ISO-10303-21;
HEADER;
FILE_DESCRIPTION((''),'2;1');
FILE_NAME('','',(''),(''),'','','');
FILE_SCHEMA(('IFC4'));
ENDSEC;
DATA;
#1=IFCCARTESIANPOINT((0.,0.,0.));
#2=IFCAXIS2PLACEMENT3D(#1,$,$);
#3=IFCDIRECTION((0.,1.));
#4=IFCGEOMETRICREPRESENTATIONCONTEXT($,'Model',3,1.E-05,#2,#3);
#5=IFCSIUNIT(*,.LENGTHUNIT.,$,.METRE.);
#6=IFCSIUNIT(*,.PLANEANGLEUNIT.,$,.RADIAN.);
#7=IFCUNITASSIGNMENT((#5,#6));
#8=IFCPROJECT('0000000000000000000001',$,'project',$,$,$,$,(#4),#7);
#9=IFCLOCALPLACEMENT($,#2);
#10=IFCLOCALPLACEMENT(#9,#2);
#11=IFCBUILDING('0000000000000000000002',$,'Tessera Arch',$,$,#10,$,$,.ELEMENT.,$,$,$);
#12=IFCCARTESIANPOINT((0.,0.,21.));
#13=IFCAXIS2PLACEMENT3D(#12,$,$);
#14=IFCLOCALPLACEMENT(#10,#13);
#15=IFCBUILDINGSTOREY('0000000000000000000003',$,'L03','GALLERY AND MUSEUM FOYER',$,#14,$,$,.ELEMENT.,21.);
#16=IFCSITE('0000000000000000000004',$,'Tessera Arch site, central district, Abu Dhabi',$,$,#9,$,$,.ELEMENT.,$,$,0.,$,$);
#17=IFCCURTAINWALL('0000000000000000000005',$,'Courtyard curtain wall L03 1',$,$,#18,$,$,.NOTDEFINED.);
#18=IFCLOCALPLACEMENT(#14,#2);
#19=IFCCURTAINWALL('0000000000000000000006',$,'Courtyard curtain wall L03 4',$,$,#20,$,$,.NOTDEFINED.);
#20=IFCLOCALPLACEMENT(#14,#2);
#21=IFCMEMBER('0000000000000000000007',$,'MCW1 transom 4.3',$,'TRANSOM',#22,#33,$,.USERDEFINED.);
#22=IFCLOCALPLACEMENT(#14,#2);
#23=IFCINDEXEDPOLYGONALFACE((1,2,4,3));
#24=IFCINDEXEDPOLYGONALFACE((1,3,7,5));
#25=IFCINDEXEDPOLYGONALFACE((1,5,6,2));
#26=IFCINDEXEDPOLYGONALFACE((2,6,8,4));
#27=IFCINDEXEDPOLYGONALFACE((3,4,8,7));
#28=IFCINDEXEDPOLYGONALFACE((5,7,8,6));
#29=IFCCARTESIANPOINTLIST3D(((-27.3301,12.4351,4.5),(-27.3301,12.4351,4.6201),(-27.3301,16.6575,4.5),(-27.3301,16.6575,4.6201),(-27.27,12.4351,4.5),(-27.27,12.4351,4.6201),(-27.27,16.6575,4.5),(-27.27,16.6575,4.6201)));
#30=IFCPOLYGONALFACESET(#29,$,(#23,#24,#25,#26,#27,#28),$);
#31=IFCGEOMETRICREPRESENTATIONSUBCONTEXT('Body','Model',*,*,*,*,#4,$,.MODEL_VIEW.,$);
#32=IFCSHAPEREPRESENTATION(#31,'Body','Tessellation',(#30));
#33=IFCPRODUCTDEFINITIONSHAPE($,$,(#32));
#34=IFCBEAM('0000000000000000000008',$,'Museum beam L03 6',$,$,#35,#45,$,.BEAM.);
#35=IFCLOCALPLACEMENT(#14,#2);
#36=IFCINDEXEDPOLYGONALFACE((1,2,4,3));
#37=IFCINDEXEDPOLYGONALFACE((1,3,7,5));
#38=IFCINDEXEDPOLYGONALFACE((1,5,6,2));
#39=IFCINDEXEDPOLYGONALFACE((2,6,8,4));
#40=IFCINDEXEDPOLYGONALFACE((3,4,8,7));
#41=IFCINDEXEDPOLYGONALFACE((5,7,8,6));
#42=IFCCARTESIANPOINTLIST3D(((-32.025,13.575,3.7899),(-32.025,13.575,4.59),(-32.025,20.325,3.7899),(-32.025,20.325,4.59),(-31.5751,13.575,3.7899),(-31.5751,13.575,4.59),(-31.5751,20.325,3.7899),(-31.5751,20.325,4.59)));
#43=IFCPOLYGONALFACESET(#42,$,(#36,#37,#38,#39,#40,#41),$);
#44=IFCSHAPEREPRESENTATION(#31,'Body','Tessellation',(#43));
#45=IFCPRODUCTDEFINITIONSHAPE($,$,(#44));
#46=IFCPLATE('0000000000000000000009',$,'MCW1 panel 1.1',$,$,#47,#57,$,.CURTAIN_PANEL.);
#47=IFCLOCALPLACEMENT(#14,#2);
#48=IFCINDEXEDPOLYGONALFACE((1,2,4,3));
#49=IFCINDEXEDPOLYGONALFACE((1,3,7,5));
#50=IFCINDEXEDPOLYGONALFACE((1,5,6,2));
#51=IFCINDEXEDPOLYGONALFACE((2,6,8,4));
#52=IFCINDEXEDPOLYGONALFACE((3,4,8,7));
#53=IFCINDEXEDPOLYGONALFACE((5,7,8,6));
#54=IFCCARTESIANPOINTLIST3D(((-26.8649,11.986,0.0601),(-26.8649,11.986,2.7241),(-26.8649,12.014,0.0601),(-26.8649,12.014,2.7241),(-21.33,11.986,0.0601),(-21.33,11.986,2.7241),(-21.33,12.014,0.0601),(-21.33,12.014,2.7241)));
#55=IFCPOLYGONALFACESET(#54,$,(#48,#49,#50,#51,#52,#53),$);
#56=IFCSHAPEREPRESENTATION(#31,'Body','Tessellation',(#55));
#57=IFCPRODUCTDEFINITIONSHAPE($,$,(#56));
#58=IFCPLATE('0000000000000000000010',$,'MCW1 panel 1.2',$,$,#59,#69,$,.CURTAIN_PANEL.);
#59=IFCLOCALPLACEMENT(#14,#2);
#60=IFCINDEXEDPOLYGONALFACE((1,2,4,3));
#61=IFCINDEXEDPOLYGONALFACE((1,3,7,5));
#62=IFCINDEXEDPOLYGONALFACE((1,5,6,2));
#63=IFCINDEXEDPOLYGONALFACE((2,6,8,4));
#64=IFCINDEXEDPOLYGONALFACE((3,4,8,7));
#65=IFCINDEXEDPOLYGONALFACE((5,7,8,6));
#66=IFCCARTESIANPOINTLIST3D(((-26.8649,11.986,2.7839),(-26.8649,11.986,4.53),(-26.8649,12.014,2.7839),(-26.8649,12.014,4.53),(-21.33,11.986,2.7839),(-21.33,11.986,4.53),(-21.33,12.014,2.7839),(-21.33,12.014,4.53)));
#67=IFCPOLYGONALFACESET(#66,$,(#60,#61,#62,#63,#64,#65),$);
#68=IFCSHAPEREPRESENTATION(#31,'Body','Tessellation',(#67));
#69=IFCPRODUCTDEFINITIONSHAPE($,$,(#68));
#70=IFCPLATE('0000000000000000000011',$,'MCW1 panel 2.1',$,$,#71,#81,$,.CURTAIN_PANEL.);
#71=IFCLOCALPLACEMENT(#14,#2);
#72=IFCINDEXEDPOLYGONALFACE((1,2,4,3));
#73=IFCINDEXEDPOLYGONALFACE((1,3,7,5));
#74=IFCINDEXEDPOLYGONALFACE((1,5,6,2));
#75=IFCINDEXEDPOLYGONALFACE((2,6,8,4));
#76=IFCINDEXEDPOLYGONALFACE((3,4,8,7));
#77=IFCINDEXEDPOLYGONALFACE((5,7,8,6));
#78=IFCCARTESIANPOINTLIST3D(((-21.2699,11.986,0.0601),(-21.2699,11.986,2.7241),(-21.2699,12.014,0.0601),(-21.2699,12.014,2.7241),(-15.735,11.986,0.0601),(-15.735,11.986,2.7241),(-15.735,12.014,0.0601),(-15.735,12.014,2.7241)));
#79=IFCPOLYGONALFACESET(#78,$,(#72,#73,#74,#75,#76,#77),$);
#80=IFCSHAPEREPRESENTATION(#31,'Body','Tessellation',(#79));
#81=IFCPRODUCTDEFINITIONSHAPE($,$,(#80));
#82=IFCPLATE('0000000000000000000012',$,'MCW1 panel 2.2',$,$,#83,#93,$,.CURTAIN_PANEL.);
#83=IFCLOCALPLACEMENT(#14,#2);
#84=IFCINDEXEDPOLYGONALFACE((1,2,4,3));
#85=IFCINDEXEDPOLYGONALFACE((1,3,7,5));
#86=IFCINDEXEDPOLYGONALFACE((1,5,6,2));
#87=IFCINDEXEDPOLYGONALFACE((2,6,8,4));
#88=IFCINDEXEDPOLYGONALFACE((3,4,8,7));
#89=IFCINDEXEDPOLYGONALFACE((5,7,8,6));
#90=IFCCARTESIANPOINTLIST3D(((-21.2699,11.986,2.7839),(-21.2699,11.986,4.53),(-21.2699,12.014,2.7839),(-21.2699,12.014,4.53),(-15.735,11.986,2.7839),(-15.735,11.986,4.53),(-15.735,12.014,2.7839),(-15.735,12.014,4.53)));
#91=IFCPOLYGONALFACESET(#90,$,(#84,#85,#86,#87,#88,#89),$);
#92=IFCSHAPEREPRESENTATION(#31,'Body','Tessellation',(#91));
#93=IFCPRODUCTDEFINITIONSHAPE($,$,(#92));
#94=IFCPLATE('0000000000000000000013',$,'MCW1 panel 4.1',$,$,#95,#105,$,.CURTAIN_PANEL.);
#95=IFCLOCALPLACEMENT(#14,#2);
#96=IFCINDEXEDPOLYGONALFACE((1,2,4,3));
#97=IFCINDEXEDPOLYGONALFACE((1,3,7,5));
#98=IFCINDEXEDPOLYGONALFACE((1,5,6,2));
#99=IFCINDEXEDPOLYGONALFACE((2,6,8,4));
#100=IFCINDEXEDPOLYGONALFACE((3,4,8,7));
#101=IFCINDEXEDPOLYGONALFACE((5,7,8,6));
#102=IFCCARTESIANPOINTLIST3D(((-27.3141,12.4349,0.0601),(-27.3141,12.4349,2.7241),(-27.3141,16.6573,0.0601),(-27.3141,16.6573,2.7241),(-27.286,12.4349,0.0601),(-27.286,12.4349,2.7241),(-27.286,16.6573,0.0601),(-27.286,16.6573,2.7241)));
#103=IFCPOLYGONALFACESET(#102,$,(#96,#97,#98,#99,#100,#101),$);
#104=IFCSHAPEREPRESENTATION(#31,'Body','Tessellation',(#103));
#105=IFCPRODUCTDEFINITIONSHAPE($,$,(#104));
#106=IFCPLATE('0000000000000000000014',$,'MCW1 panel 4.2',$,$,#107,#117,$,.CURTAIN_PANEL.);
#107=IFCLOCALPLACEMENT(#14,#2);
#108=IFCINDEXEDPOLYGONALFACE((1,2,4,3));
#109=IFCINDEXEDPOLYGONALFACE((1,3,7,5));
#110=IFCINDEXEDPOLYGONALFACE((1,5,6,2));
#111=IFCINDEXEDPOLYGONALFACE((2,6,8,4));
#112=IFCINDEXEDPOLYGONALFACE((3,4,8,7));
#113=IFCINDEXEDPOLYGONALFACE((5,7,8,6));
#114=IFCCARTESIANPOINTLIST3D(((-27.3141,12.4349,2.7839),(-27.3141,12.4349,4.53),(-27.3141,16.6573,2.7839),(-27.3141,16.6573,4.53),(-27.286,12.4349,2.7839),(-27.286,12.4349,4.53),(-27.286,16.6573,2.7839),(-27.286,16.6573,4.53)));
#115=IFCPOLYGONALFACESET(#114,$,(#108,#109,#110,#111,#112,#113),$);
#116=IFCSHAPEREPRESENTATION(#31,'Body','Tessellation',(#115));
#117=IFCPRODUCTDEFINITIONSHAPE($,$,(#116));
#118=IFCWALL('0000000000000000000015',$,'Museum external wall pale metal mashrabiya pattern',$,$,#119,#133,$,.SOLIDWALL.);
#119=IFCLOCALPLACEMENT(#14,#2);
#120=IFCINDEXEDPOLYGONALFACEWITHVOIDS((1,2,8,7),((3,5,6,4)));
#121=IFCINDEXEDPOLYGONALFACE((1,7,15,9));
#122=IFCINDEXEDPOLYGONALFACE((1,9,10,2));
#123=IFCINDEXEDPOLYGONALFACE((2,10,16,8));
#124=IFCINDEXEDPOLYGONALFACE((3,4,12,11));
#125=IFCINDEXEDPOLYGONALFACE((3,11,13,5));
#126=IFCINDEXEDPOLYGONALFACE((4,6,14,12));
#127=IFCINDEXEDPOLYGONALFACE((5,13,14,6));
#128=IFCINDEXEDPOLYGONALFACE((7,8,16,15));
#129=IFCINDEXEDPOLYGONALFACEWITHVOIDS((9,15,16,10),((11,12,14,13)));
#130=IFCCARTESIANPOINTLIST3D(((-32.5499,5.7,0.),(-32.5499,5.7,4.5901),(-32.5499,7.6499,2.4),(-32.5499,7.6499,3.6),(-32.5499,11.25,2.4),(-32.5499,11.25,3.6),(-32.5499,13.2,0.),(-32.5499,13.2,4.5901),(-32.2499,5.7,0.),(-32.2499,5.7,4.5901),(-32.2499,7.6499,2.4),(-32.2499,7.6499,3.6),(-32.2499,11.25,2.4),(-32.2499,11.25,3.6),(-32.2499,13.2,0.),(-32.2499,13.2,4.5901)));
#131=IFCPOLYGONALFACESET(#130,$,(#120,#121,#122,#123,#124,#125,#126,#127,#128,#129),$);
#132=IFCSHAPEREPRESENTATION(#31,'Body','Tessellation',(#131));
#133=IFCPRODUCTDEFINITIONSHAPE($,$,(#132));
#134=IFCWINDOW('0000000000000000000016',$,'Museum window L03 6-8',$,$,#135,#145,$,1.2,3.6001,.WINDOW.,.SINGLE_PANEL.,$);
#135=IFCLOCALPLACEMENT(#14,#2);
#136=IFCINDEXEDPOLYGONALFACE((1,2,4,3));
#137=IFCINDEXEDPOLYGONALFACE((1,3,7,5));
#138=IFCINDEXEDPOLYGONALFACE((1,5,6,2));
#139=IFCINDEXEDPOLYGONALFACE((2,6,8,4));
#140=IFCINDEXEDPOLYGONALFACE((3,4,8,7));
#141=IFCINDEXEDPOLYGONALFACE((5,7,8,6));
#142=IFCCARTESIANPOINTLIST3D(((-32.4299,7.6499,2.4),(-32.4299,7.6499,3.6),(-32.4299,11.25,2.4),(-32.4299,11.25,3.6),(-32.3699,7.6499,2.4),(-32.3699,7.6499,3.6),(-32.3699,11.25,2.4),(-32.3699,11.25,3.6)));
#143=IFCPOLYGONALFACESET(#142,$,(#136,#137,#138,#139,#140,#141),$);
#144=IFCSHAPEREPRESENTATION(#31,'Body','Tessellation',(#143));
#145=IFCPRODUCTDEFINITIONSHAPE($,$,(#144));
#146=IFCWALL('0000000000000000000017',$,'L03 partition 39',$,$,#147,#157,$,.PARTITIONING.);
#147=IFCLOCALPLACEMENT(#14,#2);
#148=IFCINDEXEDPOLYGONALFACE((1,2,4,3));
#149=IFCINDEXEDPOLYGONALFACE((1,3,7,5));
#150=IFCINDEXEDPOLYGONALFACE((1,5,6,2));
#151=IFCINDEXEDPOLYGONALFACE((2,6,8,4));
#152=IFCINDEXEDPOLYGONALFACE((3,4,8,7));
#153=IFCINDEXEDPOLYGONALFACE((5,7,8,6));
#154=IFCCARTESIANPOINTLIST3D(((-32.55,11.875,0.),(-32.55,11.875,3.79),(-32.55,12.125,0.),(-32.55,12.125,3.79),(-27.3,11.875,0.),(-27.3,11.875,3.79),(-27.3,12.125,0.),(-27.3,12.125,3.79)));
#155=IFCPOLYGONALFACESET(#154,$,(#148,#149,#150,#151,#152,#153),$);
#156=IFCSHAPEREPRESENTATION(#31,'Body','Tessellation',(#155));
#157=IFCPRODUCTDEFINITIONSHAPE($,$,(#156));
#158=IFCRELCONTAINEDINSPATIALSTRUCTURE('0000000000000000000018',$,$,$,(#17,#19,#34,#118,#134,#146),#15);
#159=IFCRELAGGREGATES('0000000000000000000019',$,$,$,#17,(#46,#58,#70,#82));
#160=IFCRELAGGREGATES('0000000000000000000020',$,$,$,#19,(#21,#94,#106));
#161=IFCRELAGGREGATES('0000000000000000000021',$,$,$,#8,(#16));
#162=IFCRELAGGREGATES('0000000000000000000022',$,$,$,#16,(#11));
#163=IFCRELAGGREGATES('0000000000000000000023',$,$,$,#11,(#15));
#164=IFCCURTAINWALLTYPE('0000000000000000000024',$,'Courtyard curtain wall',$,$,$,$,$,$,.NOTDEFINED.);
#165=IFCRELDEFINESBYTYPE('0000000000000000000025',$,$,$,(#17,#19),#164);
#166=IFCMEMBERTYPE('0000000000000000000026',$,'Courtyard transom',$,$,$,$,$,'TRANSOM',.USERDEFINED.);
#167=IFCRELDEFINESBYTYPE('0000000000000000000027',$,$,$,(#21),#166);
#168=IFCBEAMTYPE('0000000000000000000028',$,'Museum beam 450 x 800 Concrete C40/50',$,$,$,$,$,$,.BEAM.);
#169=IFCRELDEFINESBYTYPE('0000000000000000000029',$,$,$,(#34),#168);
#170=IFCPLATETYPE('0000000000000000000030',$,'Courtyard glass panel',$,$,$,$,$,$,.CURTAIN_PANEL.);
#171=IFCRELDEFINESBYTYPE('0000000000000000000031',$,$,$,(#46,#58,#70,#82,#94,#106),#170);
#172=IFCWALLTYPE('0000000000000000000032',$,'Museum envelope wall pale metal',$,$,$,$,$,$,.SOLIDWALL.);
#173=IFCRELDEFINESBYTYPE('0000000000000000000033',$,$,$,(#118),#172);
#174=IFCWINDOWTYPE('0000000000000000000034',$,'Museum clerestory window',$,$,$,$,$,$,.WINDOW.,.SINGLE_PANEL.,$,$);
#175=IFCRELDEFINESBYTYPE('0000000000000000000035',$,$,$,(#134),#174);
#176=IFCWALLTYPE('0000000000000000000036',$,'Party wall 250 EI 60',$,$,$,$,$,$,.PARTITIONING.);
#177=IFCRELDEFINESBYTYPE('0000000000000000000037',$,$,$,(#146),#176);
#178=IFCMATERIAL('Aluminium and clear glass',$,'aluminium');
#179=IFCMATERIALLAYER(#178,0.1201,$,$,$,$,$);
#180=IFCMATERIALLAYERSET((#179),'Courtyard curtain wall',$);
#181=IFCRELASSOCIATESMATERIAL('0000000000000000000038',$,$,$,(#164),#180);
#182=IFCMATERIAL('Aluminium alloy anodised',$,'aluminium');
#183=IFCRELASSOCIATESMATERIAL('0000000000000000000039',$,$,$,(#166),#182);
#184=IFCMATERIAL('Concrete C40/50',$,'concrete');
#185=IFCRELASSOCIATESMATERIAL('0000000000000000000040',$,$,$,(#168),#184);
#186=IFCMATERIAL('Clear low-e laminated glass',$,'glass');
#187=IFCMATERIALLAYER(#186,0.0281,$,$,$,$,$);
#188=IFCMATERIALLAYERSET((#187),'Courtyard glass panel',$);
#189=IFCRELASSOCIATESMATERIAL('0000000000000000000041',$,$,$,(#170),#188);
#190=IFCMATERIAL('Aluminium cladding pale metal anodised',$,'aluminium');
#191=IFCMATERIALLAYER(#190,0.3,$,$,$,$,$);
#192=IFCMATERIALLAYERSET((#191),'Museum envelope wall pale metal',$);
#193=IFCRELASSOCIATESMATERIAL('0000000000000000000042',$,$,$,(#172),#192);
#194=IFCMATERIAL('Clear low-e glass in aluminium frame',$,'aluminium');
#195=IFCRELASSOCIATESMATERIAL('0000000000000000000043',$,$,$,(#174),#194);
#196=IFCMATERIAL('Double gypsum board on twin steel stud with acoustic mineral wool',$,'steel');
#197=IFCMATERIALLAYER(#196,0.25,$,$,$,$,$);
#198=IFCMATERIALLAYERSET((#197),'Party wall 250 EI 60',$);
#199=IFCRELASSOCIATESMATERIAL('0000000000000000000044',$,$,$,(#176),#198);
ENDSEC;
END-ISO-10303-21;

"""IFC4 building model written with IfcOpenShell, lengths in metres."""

from ifc_helpers import new_model, si_unit, direction, frame, frame_2d, origin, origin_2d, place, context, subcontext, project, spatial, rectangle, extrude, material, layer, layer_set, material_profile, profile_set, type_object, element, fill, aggregate, save


model = new_model("IFC4")

# Units and contexts
model_context = context("Model", 3, precision=1e-05, world=origin(), true_north=direction((0.0, 1.0)))
body_context = subcontext(model_context, "Body", "Model", "MODEL_VIEW")
ifc_project = project(units=[si_unit("LENGTHUNIT", "METRE"), si_unit("PLANEANGLEUNIT", "RADIAN")], contexts=[model_context])

# Site, building, storey
site_placement = place(None, origin())
site = spatial("IfcSite", under=ifc_project, at=site_placement, Name="Tessera Arch site, central district, Abu Dhabi", CompositionType="ELEMENT", RefElevation=0.0)
building_placement = place(site_placement, origin())
building = spatial("IfcBuilding", under=site, at=building_placement, Name="Tessera Arch", CompositionType="ELEMENT")
storey_placement = place(building_placement, frame((0.0, 0.0, 21.0)))
storey = spatial("IfcBuildingStorey", under=building, at=storey_placement, Name="L03", Description="GALLERY AND MUSEUM FOYER", CompositionType="ELEMENT", Elevation=21.0)

# Curtain walls
ifc_material_1 = material(Name="Aluminium and clear glass", Category="aluminium")
ifc_layer_1 = layer(ifc_material_1, 0.1201)
ifc_layer_set_1 = layer_set([ifc_layer_1], Name="Courtyard curtain wall")
curtain_wall_type = type_object("IfcCurtainWallType", Name="Courtyard curtain wall", PredefinedType="NOTDEFINED", material=ifc_layer_set_1)
curtain_wall_1_placement = place(storey_placement, origin())
curtain_wall_1 = element("IfcCurtainWall", 1, at=curtain_wall_1_placement, inside=storey, type_object=curtain_wall_type, Name="Courtyard curtain wall L03 1", PredefinedType="NOTDEFINED")
curtain_wall_2_placement = place(storey_placement, origin())
curtain_wall_2 = element("IfcCurtainWall", 2, at=curtain_wall_2_placement, inside=storey, type_object=curtain_wall_type, Name="Courtyard curtain wall L03 4", PredefinedType="NOTDEFINED")

# Member
ifc_material_2 = material(Name="Aluminium alloy anodised", Category="aluminium")
ifc_material_profile_1 = material_profile(ifc_material_2, rectangle(XDim=0.0601, YDim=0.1201, at=origin_2d()), Name="Courtyard transom")
ifc_profile_set_1 = profile_set([ifc_material_profile_1], Name="Aluminium alloy anodised")
member_type_1 = type_object("IfcMemberType", Name="Courtyard transom", ElementType="TRANSOM", PredefinedType="USERDEFINED", material=ifc_profile_set_1)
member_1_placement = place(storey_placement, frame((-27.3, 16.6575, 4.5601), z_axis=(0.0, -1.0, 0.0), x_axis=(1.0, 0.0, 0.0)))
member_1 = element("IfcMember", 3, at=member_1_placement, type_object=member_type_1, Name="MCW1 transom 4.3", ObjectType="TRANSOM", PredefinedType="USERDEFINED", context=body_context, shape_type="SweptSolid", body=[
    extrude(rectangle(XDim=0.0601, YDim=0.1201, at=origin_2d()), origin(), (0.0, 0.0, 1.0), 4.2224),
])

# Beam
ifc_material_3 = material(Name="Concrete C40/50", Category="concrete")
ifc_material_profile_2 = material_profile(ifc_material_3, rectangle(XDim=0.45, YDim=0.8, at=origin_2d()), Name="Museum beam 450 x 800 Concrete C40/50")
ifc_profile_set_2 = profile_set([ifc_material_profile_2], Name="Concrete C40/50")
beam_type = type_object("IfcBeamType", Name="Museum beam 450 x 800 Concrete C40/50", PredefinedType="BEAM", material=ifc_profile_set_2)
beam_placement = place(storey_placement, frame((-31.8, 13.575, 4.1899), z_axis=(0.0, 1.0, 0.0), x_axis=(-1.0, 0.0, 0.0)))
element("IfcBeam", 4, at=beam_placement, inside=storey, type_object=beam_type, Name="Museum beam L03 6", PredefinedType="BEAM", context=body_context, shape_type="SweptSolid", body=[
    extrude(rectangle(XDim=0.45, YDim=0.8, at=origin_2d()), origin(), (0.0, 0.0, 1.0), 6.75),
])

# Plates
ifc_material_4 = material(Name="Clear low-e laminated glass", Category="glass")
ifc_layer_2 = layer(ifc_material_4, 0.0281)
ifc_layer_set_2 = layer_set([ifc_layer_2], Name="Courtyard glass panel")
plate_type = type_object("IfcPlateType", Name="Courtyard glass panel", PredefinedType="CURTAIN_PANEL", material=ifc_layer_set_2)
plate_1_placement = place(storey_placement, frame((-24.0974, 12.0, 0.0601), z_axis=(0.0, 0.0, 1.0), x_axis=(1.0, 0.0, 0.0)))
plate_1 = element("IfcPlate", 5, at=plate_1_placement, type_object=plate_type, Name="MCW1 panel 1.1", PredefinedType="CURTAIN_PANEL", context=body_context, shape_type="SweptSolid", body=[
    extrude(rectangle(XDim=5.5349, YDim=0.0281, at=origin_2d()), origin(), (0.0, 0.0, 1.0), 2.6641),
])
plate_2_placement = place(storey_placement, frame((-24.0974, 12.0, 2.7839), z_axis=(0.0, 0.0, 1.0), x_axis=(1.0, 0.0, 0.0)))
plate_2 = element("IfcPlate", 6, at=plate_2_placement, type_object=plate_type, Name="MCW1 panel 1.2", PredefinedType="CURTAIN_PANEL", context=body_context, shape_type="SweptSolid", body=[
    extrude(rectangle(XDim=5.5349, YDim=0.0281, at=origin_2d()), origin(), (0.0, 0.0, 1.0), 1.7461),
])
plate_3_placement = place(storey_placement, frame((-18.5024, 12.0, 0.0601), z_axis=(0.0, 0.0, 1.0), x_axis=(1.0, 0.0, 0.0)))
plate_3 = element("IfcPlate", 7, at=plate_3_placement, type_object=plate_type, Name="MCW1 panel 2.1", PredefinedType="CURTAIN_PANEL", context=body_context, shape_type="SweptSolid", body=[
    extrude(rectangle(XDim=5.5349, YDim=0.0281, at=origin_2d()), origin(), (0.0, 0.0, 1.0), 2.6641),
])
plate_4_placement = place(storey_placement, frame((-18.5024, 12.0, 2.7839), z_axis=(0.0, 0.0, 1.0), x_axis=(1.0, 0.0, 0.0)))
plate_4 = element("IfcPlate", 8, at=plate_4_placement, type_object=plate_type, Name="MCW1 panel 2.2", PredefinedType="CURTAIN_PANEL", context=body_context, shape_type="SweptSolid", body=[
    extrude(rectangle(XDim=5.5349, YDim=0.0281, at=origin_2d()), origin(), (0.0, 0.0, 1.0), 1.7461),
])
aggregate(curtain_wall_1, [plate_1, plate_2, plate_3, plate_4])
plate_5_placement = place(storey_placement, frame((-27.3, 14.5461, 0.0601), z_axis=(0.0, 0.0, 1.0), x_axis=(0.0, -1.0, 0.0)))
plate_5 = element("IfcPlate", 9, at=plate_5_placement, type_object=plate_type, Name="MCW1 panel 4.1", PredefinedType="CURTAIN_PANEL", context=body_context, shape_type="SweptSolid", body=[
    extrude(rectangle(XDim=4.2224, YDim=0.0281, at=origin_2d()), origin(), (0.0, 0.0, 1.0), 2.6641),
])
plate_6_placement = place(storey_placement, frame((-27.3, 14.5461, 2.7839), z_axis=(0.0, 0.0, 1.0), x_axis=(0.0, -1.0, 0.0)))
plate_6 = element("IfcPlate", 10, at=plate_6_placement, type_object=plate_type, Name="MCW1 panel 4.2", PredefinedType="CURTAIN_PANEL", context=body_context, shape_type="SweptSolid", body=[
    extrude(rectangle(XDim=4.2224, YDim=0.0281, at=origin_2d()), origin(), (0.0, 0.0, 1.0), 1.7461),
])
aggregate(curtain_wall_2, [member_1, plate_5, plate_6])

# Wall, opening, window
ifc_material_5 = material(Name="Aluminium cladding pale metal anodised", Category="aluminium")
ifc_layer_3 = layer(ifc_material_5, 0.3)
ifc_layer_set_3 = layer_set([ifc_layer_3], Name="Museum envelope wall pale metal")
wall_type_1 = type_object("IfcWallType", Name="Museum envelope wall pale metal", PredefinedType="SOLIDWALL", material=ifc_layer_set_3)
wall_1_placement = place(storey_placement, frame((-32.3999, 13.2, 0.0), z_axis=(0.0, 0.0, 1.0), x_axis=(0.0, -1.0, 0.0)))
wall_1 = element("IfcWall", 11, at=wall_1_placement, inside=storey, type_object=wall_type_1, Name="Museum external wall pale metal mashrabiya pattern", PredefinedType="SOLIDWALL", context=body_context, shape_type="SweptSolid", body=[
    extrude(rectangle(XDim=7.5, YDim=0.3, at=frame_2d((3.75, 0.0))), origin(), (0.0, 0.0, 1.0), 4.5901),
])
opening_placement = place(wall_1_placement, frame((1.95, 0.0, 2.3999)))
opening = element("IfcOpeningElement", 12, at=opening_placement, cuts=wall_1, PredefinedType="OPENING", context=body_context, shape_type="SweptSolid", body=[
    extrude(rectangle(XDim=3.6001, YDim=1.2, at=frame_2d((1.8, 0.6001))), frame((0.0, 0.1599, 0.0), z_axis=(0.0, -1.0, 0.0), x_axis=(1.0, 0.0, 0.0)), (0.0, 0.0, 1.0), 0.3201),
])
ifc_material_6 = material(Name="Clear low-e glass in aluminium frame", Category="aluminium")
window_type = type_object("IfcWindowType", Name="Museum clerestory window", PartitioningType="SINGLE_PANEL", PredefinedType="WINDOW", material=ifc_material_6)
window_placement = place(opening_placement, origin())
window = element("IfcWindow", 13, at=window_placement, inside=storey, type_object=window_type, Name="Museum window L03 6-8", OverallHeight=1.2, OverallWidth=3.6001, PartitioningType="SINGLE_PANEL", PredefinedType="WINDOW", context=body_context, shape_type="SweptSolid", body=[
    extrude(rectangle(XDim=3.6001, YDim=1.2, at=frame_2d((1.8, 0.6001))), frame((0.0, 0.03, 0.0), z_axis=(0.0, -1.0, 0.0), x_axis=(1.0, 0.0, 0.0)), (0.0, 0.0, 1.0), 0.0601),
])
fill(opening, window)

# Wall
ifc_material_7 = material(Name="Double gypsum board on twin steel stud with acoustic mineral wool", Category="steel")
ifc_layer_4 = layer(ifc_material_7, 0.25)
ifc_layer_set_4 = layer_set([ifc_layer_4], Name="Party wall 250 EI 60")
wall_type_2 = type_object("IfcWallType", Name="Party wall 250 EI 60", PredefinedType="PARTITIONING", material=ifc_layer_set_4)
wall_2_placement = place(storey_placement, frame((-32.55, 12.0, 0.0), z_axis=(0.0, 0.0, 1.0), x_axis=(1.0, 0.0, 0.0)))
element("IfcWall", 14, at=wall_2_placement, inside=storey, type_object=wall_type_2, Name="L03 partition 39", PredefinedType="PARTITIONING", context=body_context, shape_type="SweptSolid", body=[
    extrude(rectangle(XDim=5.25, YDim=0.25, at=frame_2d((2.625, 0.0))), origin(), (0.0, 0.0, 1.0), 3.79),
])

save(model, "model.ifc")
